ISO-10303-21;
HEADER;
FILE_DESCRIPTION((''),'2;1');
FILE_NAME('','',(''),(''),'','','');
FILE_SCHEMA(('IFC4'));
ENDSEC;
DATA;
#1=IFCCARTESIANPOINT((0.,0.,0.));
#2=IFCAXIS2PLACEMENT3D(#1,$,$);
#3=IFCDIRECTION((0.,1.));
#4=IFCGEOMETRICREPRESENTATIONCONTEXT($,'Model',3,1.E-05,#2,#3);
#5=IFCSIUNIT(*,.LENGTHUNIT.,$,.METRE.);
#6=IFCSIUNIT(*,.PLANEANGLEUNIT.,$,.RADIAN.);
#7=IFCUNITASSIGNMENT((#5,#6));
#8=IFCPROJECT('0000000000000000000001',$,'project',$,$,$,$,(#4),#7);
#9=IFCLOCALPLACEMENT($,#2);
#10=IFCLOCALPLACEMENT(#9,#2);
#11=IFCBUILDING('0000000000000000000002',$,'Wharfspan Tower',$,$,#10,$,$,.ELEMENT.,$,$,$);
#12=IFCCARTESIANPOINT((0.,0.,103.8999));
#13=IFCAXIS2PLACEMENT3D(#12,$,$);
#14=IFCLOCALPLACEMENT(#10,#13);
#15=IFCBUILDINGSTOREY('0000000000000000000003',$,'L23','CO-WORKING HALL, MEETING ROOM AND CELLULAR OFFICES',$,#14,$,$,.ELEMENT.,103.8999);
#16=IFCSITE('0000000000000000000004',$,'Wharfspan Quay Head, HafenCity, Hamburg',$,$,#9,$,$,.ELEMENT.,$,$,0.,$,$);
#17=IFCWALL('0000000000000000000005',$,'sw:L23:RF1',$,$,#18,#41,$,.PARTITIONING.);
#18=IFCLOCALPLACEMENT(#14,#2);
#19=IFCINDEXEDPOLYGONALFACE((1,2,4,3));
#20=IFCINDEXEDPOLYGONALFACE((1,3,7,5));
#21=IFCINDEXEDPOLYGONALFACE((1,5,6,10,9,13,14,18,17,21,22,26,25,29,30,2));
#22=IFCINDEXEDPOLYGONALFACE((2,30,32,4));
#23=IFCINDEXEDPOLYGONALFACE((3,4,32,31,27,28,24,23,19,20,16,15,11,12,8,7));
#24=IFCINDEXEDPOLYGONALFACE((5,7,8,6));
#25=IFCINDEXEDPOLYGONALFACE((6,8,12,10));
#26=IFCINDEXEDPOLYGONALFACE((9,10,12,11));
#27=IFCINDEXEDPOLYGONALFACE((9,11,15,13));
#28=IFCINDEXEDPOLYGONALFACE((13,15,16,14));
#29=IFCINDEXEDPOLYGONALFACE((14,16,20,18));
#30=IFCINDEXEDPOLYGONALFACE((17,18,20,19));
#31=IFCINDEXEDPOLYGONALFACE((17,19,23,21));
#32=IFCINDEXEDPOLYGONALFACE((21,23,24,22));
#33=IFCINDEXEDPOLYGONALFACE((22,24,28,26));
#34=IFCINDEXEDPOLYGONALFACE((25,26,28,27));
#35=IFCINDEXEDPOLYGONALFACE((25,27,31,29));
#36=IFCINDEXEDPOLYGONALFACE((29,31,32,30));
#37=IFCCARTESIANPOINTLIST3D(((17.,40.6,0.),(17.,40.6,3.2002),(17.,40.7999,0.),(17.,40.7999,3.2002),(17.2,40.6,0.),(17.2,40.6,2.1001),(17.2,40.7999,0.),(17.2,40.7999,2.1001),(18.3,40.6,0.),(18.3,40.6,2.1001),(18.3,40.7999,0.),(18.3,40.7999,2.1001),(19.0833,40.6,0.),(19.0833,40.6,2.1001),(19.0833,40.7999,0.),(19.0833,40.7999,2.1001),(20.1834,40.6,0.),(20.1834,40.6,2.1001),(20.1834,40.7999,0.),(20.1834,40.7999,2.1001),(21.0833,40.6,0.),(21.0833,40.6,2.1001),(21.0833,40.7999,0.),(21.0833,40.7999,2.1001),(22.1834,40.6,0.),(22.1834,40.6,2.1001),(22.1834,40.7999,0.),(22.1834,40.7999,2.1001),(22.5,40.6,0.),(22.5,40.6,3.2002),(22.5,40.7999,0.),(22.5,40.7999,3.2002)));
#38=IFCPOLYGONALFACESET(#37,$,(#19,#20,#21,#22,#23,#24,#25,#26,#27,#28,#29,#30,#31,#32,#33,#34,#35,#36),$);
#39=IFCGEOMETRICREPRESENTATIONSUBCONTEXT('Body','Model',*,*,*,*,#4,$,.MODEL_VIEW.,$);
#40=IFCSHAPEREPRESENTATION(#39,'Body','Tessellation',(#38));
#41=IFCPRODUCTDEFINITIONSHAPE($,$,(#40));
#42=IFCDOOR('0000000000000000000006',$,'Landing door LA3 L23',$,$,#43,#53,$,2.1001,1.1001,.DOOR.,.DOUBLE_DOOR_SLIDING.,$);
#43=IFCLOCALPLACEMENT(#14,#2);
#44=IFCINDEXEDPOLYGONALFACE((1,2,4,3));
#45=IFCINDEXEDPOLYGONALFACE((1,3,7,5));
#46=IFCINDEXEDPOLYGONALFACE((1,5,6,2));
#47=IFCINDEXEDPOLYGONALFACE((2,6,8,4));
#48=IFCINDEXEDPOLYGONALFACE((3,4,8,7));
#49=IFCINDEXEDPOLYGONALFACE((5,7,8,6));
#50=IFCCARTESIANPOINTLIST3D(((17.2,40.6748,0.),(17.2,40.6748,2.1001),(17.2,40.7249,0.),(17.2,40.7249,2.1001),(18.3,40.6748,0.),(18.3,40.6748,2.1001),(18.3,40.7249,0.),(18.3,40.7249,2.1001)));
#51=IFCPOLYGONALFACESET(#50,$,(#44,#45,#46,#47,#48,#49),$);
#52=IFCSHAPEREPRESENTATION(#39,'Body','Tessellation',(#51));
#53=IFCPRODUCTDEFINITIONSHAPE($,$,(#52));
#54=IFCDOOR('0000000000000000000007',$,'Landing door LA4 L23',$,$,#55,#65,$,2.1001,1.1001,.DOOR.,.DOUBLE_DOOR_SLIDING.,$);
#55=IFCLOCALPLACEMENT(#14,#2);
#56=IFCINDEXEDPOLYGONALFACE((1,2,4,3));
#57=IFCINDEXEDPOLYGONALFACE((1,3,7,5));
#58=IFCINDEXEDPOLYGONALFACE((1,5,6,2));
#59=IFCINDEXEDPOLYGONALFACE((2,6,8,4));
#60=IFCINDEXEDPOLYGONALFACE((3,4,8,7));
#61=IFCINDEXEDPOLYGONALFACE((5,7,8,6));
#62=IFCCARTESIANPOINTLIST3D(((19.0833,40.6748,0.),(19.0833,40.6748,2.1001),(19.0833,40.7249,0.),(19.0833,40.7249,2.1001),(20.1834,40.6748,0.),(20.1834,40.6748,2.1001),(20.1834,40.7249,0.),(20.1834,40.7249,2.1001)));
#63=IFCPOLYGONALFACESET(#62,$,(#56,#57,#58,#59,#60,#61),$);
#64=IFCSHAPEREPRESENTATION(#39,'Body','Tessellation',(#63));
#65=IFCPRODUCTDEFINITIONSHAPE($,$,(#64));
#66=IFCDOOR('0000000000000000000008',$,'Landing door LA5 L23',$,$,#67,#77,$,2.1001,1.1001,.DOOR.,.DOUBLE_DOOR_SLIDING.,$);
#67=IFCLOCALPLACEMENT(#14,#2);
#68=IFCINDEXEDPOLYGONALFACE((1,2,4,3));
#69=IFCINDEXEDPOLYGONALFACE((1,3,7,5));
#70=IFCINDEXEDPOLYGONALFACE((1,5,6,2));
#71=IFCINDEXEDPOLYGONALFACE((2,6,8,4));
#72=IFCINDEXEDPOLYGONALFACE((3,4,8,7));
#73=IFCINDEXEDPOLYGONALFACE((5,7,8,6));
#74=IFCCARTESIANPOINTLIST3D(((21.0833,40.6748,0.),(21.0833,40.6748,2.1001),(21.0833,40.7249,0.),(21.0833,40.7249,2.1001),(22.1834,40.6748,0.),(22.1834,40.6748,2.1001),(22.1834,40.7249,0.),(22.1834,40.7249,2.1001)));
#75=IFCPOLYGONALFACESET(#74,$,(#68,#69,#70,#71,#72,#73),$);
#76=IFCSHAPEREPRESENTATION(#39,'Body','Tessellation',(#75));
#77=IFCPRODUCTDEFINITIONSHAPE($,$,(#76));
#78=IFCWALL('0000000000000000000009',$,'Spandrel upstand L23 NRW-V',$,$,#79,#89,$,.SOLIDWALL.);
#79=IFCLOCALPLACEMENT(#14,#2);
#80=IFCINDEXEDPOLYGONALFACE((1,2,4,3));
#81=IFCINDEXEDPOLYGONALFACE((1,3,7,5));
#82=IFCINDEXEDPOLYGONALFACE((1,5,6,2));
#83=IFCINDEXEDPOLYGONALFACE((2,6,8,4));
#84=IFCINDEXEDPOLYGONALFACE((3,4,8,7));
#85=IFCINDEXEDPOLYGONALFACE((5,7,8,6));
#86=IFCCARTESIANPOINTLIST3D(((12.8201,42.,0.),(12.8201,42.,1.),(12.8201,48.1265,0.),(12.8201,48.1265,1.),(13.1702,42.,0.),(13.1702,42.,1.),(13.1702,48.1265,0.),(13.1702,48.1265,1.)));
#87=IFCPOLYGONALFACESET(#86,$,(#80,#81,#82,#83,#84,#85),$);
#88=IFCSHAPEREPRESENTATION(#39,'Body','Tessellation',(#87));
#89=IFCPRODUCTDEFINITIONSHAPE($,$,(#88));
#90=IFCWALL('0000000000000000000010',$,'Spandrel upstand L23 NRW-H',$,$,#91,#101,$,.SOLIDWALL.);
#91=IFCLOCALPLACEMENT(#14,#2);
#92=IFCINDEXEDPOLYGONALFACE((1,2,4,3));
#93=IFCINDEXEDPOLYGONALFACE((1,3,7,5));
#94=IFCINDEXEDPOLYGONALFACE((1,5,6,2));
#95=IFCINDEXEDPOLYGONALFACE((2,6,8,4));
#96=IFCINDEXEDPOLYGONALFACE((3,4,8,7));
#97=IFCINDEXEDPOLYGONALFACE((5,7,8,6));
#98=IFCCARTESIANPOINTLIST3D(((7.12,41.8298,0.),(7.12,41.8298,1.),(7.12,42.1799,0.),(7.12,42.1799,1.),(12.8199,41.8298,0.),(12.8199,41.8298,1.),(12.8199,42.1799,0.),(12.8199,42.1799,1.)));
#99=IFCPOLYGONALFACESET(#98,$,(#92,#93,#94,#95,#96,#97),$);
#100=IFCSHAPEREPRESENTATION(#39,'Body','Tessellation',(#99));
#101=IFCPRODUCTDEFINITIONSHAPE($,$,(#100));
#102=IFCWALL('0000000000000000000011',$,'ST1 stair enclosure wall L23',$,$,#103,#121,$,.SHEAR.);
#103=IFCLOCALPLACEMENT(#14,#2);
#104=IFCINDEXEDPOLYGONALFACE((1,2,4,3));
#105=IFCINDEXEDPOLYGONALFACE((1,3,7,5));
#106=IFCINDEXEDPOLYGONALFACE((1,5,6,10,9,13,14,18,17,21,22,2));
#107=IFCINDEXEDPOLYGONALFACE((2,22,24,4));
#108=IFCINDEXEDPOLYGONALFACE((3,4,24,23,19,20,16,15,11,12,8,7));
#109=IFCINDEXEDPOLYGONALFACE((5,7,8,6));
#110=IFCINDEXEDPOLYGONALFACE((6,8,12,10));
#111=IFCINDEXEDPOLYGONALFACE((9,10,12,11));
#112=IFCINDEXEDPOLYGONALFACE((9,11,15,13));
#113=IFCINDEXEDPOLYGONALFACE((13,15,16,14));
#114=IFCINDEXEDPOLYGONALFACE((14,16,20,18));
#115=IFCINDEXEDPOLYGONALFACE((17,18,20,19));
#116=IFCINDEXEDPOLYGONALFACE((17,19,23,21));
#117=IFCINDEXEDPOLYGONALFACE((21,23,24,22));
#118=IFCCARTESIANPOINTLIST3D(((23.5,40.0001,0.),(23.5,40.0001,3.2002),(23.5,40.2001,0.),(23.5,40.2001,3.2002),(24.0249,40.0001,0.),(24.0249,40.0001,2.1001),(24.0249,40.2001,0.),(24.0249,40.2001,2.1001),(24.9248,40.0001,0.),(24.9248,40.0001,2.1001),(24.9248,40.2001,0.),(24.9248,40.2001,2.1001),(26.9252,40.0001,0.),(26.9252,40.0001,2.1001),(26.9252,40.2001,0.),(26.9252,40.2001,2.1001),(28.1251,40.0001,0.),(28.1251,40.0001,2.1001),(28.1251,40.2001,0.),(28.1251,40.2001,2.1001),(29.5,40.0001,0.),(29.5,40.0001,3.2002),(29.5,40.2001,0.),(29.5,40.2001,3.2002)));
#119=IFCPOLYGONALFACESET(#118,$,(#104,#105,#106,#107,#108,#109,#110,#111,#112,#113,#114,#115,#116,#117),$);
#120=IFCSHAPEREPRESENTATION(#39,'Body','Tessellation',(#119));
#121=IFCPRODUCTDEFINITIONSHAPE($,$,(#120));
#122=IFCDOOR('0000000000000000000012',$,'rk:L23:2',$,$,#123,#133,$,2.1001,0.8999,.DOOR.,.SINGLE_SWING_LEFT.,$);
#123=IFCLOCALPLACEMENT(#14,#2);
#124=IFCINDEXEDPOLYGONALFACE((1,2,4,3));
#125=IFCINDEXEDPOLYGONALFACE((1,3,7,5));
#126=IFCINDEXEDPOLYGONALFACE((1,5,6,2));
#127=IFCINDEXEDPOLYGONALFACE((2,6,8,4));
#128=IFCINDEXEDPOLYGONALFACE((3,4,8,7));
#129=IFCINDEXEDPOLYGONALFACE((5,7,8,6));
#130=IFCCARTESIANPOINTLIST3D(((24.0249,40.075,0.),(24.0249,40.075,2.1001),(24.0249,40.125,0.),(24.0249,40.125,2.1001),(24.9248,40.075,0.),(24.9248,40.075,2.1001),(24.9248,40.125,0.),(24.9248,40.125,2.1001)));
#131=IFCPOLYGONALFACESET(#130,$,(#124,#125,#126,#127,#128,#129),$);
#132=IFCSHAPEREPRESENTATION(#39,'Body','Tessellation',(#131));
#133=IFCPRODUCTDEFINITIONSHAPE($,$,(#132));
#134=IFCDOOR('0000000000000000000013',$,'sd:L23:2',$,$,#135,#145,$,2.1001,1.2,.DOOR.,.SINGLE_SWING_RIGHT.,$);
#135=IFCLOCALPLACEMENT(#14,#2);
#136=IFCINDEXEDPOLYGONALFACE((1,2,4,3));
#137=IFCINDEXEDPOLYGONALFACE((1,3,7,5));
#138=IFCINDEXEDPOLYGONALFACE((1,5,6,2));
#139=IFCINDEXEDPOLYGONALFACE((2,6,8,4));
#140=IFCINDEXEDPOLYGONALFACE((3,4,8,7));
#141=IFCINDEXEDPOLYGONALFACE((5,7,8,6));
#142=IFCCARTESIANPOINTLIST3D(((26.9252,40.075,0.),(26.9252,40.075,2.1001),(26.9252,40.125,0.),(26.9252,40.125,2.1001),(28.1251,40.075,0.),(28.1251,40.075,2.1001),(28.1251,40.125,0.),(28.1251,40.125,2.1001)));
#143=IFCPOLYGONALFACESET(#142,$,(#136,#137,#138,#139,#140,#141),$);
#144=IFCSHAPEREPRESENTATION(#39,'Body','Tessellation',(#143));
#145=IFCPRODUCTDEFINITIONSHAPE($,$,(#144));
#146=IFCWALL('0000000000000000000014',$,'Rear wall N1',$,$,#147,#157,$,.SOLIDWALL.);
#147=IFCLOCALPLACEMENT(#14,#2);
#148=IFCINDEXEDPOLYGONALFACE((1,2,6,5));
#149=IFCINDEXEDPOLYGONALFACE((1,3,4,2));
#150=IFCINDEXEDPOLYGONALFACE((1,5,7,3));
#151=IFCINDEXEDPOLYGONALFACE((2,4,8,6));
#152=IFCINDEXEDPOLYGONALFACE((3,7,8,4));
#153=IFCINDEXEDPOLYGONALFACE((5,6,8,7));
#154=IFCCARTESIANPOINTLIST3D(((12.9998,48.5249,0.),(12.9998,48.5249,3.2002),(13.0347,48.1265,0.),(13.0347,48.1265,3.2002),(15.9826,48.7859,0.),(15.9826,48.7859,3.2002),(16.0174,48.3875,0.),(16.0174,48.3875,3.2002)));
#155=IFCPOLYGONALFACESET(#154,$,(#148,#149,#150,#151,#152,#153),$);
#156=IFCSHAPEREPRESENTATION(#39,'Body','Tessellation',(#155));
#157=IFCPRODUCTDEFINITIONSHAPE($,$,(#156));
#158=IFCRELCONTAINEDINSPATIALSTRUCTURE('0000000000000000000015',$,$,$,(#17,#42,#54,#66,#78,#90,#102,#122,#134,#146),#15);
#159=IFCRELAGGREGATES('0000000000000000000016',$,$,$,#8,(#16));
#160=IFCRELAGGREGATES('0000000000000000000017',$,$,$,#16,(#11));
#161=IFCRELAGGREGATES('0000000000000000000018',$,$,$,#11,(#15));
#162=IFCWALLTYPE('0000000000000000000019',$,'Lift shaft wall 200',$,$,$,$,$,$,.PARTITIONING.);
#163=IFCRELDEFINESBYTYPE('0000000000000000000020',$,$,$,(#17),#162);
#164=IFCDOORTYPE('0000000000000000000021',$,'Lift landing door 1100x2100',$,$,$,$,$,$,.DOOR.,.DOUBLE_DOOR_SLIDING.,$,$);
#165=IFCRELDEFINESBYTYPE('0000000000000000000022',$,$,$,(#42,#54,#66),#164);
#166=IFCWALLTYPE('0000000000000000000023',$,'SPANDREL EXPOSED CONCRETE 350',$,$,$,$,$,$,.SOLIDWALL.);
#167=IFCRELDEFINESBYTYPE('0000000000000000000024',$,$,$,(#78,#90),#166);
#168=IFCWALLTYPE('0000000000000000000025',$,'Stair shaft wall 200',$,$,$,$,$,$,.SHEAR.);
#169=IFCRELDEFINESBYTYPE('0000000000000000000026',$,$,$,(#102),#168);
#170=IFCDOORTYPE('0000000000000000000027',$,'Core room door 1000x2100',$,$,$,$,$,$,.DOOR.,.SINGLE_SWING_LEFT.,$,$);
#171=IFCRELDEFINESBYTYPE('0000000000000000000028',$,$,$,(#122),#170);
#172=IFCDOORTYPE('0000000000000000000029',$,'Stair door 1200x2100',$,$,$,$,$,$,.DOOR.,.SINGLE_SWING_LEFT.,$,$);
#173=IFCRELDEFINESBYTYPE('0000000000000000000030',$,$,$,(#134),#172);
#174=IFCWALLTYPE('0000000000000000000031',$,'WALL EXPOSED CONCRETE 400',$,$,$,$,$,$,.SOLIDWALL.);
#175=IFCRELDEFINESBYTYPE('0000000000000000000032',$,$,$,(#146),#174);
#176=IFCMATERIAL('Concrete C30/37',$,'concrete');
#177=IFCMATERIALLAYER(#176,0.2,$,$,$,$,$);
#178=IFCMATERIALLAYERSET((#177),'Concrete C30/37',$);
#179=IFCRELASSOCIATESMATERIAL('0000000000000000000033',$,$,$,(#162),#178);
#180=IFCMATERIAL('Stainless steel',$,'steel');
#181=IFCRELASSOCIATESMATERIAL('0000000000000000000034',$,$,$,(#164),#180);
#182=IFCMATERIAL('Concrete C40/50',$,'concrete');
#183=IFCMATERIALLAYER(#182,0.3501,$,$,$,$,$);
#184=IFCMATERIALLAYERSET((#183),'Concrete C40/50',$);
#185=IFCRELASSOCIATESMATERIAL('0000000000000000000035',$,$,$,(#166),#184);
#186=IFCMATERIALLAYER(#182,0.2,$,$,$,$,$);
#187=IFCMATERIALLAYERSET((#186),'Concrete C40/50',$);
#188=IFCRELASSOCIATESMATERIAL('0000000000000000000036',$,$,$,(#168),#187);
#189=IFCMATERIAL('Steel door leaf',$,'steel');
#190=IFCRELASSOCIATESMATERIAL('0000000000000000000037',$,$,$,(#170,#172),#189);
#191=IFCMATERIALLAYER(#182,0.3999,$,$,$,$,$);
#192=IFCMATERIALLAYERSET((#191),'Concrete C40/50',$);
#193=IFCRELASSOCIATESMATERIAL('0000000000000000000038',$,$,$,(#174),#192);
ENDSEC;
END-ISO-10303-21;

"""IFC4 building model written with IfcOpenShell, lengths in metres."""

from ifc_helpers import new_model, si_unit, direction, frame, frame_2d, origin, place, context, subcontext, project, spatial, rectangle, extrude, material, layer, layer_set, type_object, element, fill, save


model = new_model("IFC4")

# Units and contexts
model_context = context("Model", 3, precision=1e-05, world=origin(), true_north=direction((0.0, 1.0)))
body_context = subcontext(model_context, "Body", "Model", "MODEL_VIEW")
ifc_project = project(units=[si_unit("LENGTHUNIT", "METRE"), si_unit("PLANEANGLEUNIT", "RADIAN")], contexts=[model_context])

# Site, building, storey
site_placement = place(None, origin())
site = spatial("IfcSite", under=ifc_project, at=site_placement, Name="Wharfspan Quay Head, HafenCity, Hamburg", CompositionType="ELEMENT", RefElevation=0.0)
building_placement = place(site_placement, origin())
building = spatial("IfcBuilding", under=site, at=building_placement, Name="Wharfspan Tower", CompositionType="ELEMENT")
storey_placement = place(building_placement, frame((0.0, 0.0, 103.8999)))
storey = spatial("IfcBuildingStorey", under=building, at=storey_placement, Name="L23", Description="CO-WORKING HALL, MEETING ROOM AND CELLULAR OFFICES", CompositionType="ELEMENT", Elevation=103.8999)

# Wall, openings, doors
ifc_material_1 = material(Name="Concrete C30/37", Category="concrete")
ifc_layer_1 = layer(ifc_material_1, 0.2)
ifc_layer_set_1 = layer_set([ifc_layer_1], Name="Concrete C30/37")
wall_type_1 = type_object("IfcWallType", Name="Lift shaft wall 200", PredefinedType="PARTITIONING", material=ifc_layer_set_1)
wall_1_placement = place(storey_placement, frame((17.0, 40.7, 0.0), z_axis=(0.0, 0.0, 1.0), x_axis=(1.0, 0.0, 0.0)))
wall_1 = element("IfcWall", 1, at=wall_1_placement, inside=storey, type_object=wall_type_1, Name="sw:L23:RF1", PredefinedType="PARTITIONING", context=body_context, shape_type="SweptSolid", body=[
    extrude(rectangle(XDim=5.5, YDim=0.2, at=frame_2d((2.75, 0.0))), origin(), (0.0, 0.0, 1.0), 3.2002),
])
opening_1_placement = place(wall_1_placement, frame((0.2, 0.0, 0.0)))
opening_1 = element("IfcOpeningElement", 2, at=opening_1_placement, cuts=wall_1, PredefinedType="OPENING", context=body_context, shape_type="SweptSolid", body=[
    extrude(rectangle(XDim=1.1001, YDim=2.1001, at=frame_2d((0.55, 1.05))), frame((0.0, 0.1099, 0.0), z_axis=(0.0, -1.0, 0.0), x_axis=(1.0, 0.0, 0.0)), (0.0, 0.0, 1.0), 0.22),
])
opening_2_placement = place(wall_1_placement, frame((2.0833, 0.0, 0.0)))
opening_2 = element("IfcOpeningElement", 3, at=opening_2_placement, cuts=wall_1, PredefinedType="OPENING", context=body_context, shape_type="SweptSolid", body=[
    extrude(rectangle(XDim=1.1001, YDim=2.1001, at=frame_2d((0.55, 1.05))), frame((0.0, 0.1099, 0.0), z_axis=(0.0, -1.0, 0.0), x_axis=(1.0, 0.0, 0.0)), (0.0, 0.0, 1.0), 0.22),
])
opening_3_placement = place(wall_1_placement, frame((4.0833, 0.0, 0.0)))
opening_3 = element("IfcOpeningElement", 4, at=opening_3_placement, cuts=wall_1, PredefinedType="OPENING", context=body_context, shape_type="SweptSolid", body=[
    extrude(rectangle(XDim=1.1001, YDim=2.1001, at=frame_2d((0.55, 1.05))), frame((0.0, 0.1099, 0.0), z_axis=(0.0, -1.0, 0.0), x_axis=(1.0, 0.0, 0.0)), (0.0, 0.0, 1.0), 0.22),
])
ifc_material_2 = material(Name="Stainless steel", Category="steel")
door_type_1 = type_object("IfcDoorType", Name="Lift landing door 1100x2100", OperationType="DOUBLE_DOOR_SLIDING", PredefinedType="DOOR", material=ifc_material_2)
door_1_placement = place(opening_1_placement, origin())
door_1 = element("IfcDoor", 5, at=door_1_placement, inside=storey, type_object=door_type_1, Name="Landing door LA3 L23", OperationType="DOUBLE_DOOR_SLIDING", OverallHeight=2.1001, OverallWidth=1.1001, PredefinedType="DOOR", context=body_context, shape_type="SweptSolid", body=[
    extrude(rectangle(XDim=1.1001, YDim=2.1001, at=frame_2d((0.55, 1.05))), frame((0.0, 0.0249, 0.0), z_axis=(0.0, -1.0, 0.0), x_axis=(1.0, 0.0, 0.0)), (0.0, 0.0, 1.0), 0.05),
])
fill(opening_1, door_1)
door_2_placement = place(opening_2_placement, origin())
door_2 = element("IfcDoor", 6, at=door_2_placement, inside=storey, type_object=door_type_1, Name="Landing door LA4 L23", OperationType="DOUBLE_DOOR_SLIDING", OverallHeight=2.1001, OverallWidth=1.1001, PredefinedType="DOOR", context=body_context, shape_type="SweptSolid", body=[
    extrude(rectangle(XDim=1.1001, YDim=2.1001, at=frame_2d((0.55, 1.05))), frame((0.0, 0.0249, 0.0), z_axis=(0.0, -1.0, 0.0), x_axis=(1.0, 0.0, 0.0)), (0.0, 0.0, 1.0), 0.05),
])
fill(opening_2, door_2)
door_3_placement = place(opening_3_placement, origin())
door_3 = element("IfcDoor", 7, at=door_3_placement, inside=storey, type_object=door_type_1, Name="Landing door LA5 L23", OperationType="DOUBLE_DOOR_SLIDING", OverallHeight=2.1001, OverallWidth=1.1001, PredefinedType="DOOR", context=body_context, shape_type="SweptSolid", body=[
    extrude(rectangle(XDim=1.1001, YDim=2.1001, at=frame_2d((0.55, 1.05))), frame((0.0, 0.0249, 0.0), z_axis=(0.0, -1.0, 0.0), x_axis=(1.0, 0.0, 0.0)), (0.0, 0.0, 1.0), 0.05),
])
fill(opening_3, door_3)

# Walls
ifc_material_3 = material(Name="Concrete C40/50", Category="concrete")
ifc_layer_2 = layer(ifc_material_3, 0.3501)
ifc_layer_set_2 = layer_set([ifc_layer_2], Name="Concrete C40/50")
wall_type_2 = type_object("IfcWallType", Name="SPANDREL EXPOSED CONCRETE 350", PredefinedType="SOLIDWALL", material=ifc_layer_set_2)
wall_2_placement = place(storey_placement, frame((12.9951, 48.1265, 0.0), z_axis=(0.0, 0.0, 1.0), x_axis=(0.0, -1.0, 0.0)))
element("IfcWall", 8, at=wall_2_placement, inside=storey, type_object=wall_type_2, Name="Spandrel upstand L23 NRW-V", PredefinedType="SOLIDWALL", context=body_context, shape_type="SweptSolid", body=[
    extrude(rectangle(XDim=6.1265, YDim=0.3501, at=frame_2d((3.0632, 0.0))), origin(), (0.0, 0.0, 1.0), 1.0),
])
wall_3_placement = place(storey_placement, frame((12.8201, 42.0049, 0.0), z_axis=(0.0, 0.0, 1.0), x_axis=(-1.0, 0.0, 0.0)))
element("IfcWall", 9, at=wall_3_placement, inside=storey, type_object=wall_type_2, Name="Spandrel upstand L23 NRW-H", PredefinedType="SOLIDWALL", context=body_context, shape_type="SweptSolid", body=[
    extrude(rectangle(XDim=5.7, YDim=0.3501, at=frame_2d((2.8501, 0.0))), origin(), (0.0, 0.0, 1.0), 1.0),
])

# Wall, openings, doors
ifc_layer_3 = layer(ifc_material_3, 0.2)
ifc_layer_set_3 = layer_set([ifc_layer_3], Name="Concrete C40/50")
wall_type_3 = type_object("IfcWallType", Name="Stair shaft wall 200", PredefinedType="SHEAR", material=ifc_layer_set_3)
wall_4_placement = place(storey_placement, frame((23.5, 40.1001, 0.0), z_axis=(0.0, 0.0, 1.0), x_axis=(1.0, 0.0, 0.0)))
wall_4 = element("IfcWall", 10, at=wall_4_placement, inside=storey, type_object=wall_type_3, Name="ST1 stair enclosure wall L23", PredefinedType="SHEAR", context=body_context, shape_type="SweptSolid", body=[
    extrude(rectangle(XDim=6.0, YDim=0.2, at=frame_2d((3.0, 0.0))), origin(), (0.0, 0.0, 1.0), 3.2002),
])
opening_4_placement = place(wall_4_placement, frame((3.425, 0.0, 0.0)))
opening_4 = element("IfcOpeningElement", 11, at=opening_4_placement, cuts=wall_4, PredefinedType="OPENING", context=body_context, shape_type="SweptSolid", body=[
    extrude(rectangle(XDim=1.2, YDim=2.1001, at=frame_2d((0.6001, 1.05))), frame((0.0, 0.1099, 0.0), z_axis=(0.0, -1.0, 0.0), x_axis=(1.0, 0.0, 0.0)), (0.0, 0.0, 1.0), 0.22),
])
opening_5_placement = place(wall_4_placement, frame((0.5249, 0.0, 0.0)))
opening_5 = element("IfcOpeningElement", 12, at=opening_5_placement, cuts=wall_4, PredefinedType="OPENING", context=body_context, shape_type="SweptSolid", body=[
    extrude(rectangle(XDim=0.8999, YDim=2.1001, at=frame_2d((0.45, 1.05))), frame((0.0, 0.1099, 0.0), z_axis=(0.0, -1.0, 0.0), x_axis=(1.0, 0.0, 0.0)), (0.0, 0.0, 1.0), 0.22),
])
ifc_material_4 = material(Name="Steel door leaf", Category="steel")
door_type_2 = type_object("IfcDoorType", Name="Core room door 1000x2100", OperationType="SINGLE_SWING_LEFT", PredefinedType="DOOR", material=ifc_material_4)
door_4_placement = place(opening_5_placement, origin())
door_4 = element("IfcDoor", 13, at=door_4_placement, inside=storey, type_object=door_type_2, Name="rk:L23:2", OperationType="SINGLE_SWING_LEFT", OverallHeight=2.1001, OverallWidth=0.8999, PredefinedType="DOOR", context=body_context, shape_type="SweptSolid", body=[
    extrude(rectangle(XDim=0.8999, YDim=2.1001, at=frame_2d((0.45, 1.05))), frame((0.0, 0.0249, 0.0), z_axis=(0.0, -1.0, 0.0), x_axis=(1.0, 0.0, 0.0)), (0.0, 0.0, 1.0), 0.05),
])
fill(opening_5, door_4)
door_type_3 = type_object("IfcDoorType", Name="Stair door 1200x2100", OperationType="SINGLE_SWING_LEFT", PredefinedType="DOOR", material=ifc_material_4)
door_5_placement = place(opening_4_placement, origin())
door_5 = element("IfcDoor", 14, at=door_5_placement, inside=storey, type_object=door_type_3, Name="sd:L23:2", OperationType="SINGLE_SWING_RIGHT", OverallHeight=2.1001, OverallWidth=1.2, PredefinedType="DOOR", context=body_context, shape_type="SweptSolid", body=[
    extrude(rectangle(XDim=1.2, YDim=2.1001, at=frame_2d((0.6001, 1.05))), frame((0.0, 0.0249, 0.0), z_axis=(0.0, -1.0, 0.0), x_axis=(1.0, 0.0, 0.0)), (0.0, 0.0, 1.0), 0.05),
])
fill(opening_4, door_5)

# Wall
ifc_layer_4 = layer(ifc_material_3, 0.3999)
ifc_layer_set_4 = layer_set([ifc_layer_4], Name="Concrete C40/50")
wall_type_4 = type_object("IfcWallType", Name="WALL EXPOSED CONCRETE 400", PredefinedType="SOLIDWALL", material=ifc_layer_set_4)
wall_5_placement = place(storey_placement, frame((16.0, 48.5867, 0.0), z_axis=(0.0, 0.0, 1.0), x_axis=(-0.996194, -0.087168, 0.0)))
element("IfcWall", 15, at=wall_5_placement, inside=storey, type_object=wall_type_4, Name="Rear wall N1", PredefinedType="SOLIDWALL", context=body_context, shape_type="SweptSolid", body=[
    extrude(rectangle(XDim=2.9941, YDim=0.3999, at=frame_2d((1.4971, 0.0))), origin(), (0.0, 0.0, 1.0), 3.2002),
])

save(model, "model.ifc")
